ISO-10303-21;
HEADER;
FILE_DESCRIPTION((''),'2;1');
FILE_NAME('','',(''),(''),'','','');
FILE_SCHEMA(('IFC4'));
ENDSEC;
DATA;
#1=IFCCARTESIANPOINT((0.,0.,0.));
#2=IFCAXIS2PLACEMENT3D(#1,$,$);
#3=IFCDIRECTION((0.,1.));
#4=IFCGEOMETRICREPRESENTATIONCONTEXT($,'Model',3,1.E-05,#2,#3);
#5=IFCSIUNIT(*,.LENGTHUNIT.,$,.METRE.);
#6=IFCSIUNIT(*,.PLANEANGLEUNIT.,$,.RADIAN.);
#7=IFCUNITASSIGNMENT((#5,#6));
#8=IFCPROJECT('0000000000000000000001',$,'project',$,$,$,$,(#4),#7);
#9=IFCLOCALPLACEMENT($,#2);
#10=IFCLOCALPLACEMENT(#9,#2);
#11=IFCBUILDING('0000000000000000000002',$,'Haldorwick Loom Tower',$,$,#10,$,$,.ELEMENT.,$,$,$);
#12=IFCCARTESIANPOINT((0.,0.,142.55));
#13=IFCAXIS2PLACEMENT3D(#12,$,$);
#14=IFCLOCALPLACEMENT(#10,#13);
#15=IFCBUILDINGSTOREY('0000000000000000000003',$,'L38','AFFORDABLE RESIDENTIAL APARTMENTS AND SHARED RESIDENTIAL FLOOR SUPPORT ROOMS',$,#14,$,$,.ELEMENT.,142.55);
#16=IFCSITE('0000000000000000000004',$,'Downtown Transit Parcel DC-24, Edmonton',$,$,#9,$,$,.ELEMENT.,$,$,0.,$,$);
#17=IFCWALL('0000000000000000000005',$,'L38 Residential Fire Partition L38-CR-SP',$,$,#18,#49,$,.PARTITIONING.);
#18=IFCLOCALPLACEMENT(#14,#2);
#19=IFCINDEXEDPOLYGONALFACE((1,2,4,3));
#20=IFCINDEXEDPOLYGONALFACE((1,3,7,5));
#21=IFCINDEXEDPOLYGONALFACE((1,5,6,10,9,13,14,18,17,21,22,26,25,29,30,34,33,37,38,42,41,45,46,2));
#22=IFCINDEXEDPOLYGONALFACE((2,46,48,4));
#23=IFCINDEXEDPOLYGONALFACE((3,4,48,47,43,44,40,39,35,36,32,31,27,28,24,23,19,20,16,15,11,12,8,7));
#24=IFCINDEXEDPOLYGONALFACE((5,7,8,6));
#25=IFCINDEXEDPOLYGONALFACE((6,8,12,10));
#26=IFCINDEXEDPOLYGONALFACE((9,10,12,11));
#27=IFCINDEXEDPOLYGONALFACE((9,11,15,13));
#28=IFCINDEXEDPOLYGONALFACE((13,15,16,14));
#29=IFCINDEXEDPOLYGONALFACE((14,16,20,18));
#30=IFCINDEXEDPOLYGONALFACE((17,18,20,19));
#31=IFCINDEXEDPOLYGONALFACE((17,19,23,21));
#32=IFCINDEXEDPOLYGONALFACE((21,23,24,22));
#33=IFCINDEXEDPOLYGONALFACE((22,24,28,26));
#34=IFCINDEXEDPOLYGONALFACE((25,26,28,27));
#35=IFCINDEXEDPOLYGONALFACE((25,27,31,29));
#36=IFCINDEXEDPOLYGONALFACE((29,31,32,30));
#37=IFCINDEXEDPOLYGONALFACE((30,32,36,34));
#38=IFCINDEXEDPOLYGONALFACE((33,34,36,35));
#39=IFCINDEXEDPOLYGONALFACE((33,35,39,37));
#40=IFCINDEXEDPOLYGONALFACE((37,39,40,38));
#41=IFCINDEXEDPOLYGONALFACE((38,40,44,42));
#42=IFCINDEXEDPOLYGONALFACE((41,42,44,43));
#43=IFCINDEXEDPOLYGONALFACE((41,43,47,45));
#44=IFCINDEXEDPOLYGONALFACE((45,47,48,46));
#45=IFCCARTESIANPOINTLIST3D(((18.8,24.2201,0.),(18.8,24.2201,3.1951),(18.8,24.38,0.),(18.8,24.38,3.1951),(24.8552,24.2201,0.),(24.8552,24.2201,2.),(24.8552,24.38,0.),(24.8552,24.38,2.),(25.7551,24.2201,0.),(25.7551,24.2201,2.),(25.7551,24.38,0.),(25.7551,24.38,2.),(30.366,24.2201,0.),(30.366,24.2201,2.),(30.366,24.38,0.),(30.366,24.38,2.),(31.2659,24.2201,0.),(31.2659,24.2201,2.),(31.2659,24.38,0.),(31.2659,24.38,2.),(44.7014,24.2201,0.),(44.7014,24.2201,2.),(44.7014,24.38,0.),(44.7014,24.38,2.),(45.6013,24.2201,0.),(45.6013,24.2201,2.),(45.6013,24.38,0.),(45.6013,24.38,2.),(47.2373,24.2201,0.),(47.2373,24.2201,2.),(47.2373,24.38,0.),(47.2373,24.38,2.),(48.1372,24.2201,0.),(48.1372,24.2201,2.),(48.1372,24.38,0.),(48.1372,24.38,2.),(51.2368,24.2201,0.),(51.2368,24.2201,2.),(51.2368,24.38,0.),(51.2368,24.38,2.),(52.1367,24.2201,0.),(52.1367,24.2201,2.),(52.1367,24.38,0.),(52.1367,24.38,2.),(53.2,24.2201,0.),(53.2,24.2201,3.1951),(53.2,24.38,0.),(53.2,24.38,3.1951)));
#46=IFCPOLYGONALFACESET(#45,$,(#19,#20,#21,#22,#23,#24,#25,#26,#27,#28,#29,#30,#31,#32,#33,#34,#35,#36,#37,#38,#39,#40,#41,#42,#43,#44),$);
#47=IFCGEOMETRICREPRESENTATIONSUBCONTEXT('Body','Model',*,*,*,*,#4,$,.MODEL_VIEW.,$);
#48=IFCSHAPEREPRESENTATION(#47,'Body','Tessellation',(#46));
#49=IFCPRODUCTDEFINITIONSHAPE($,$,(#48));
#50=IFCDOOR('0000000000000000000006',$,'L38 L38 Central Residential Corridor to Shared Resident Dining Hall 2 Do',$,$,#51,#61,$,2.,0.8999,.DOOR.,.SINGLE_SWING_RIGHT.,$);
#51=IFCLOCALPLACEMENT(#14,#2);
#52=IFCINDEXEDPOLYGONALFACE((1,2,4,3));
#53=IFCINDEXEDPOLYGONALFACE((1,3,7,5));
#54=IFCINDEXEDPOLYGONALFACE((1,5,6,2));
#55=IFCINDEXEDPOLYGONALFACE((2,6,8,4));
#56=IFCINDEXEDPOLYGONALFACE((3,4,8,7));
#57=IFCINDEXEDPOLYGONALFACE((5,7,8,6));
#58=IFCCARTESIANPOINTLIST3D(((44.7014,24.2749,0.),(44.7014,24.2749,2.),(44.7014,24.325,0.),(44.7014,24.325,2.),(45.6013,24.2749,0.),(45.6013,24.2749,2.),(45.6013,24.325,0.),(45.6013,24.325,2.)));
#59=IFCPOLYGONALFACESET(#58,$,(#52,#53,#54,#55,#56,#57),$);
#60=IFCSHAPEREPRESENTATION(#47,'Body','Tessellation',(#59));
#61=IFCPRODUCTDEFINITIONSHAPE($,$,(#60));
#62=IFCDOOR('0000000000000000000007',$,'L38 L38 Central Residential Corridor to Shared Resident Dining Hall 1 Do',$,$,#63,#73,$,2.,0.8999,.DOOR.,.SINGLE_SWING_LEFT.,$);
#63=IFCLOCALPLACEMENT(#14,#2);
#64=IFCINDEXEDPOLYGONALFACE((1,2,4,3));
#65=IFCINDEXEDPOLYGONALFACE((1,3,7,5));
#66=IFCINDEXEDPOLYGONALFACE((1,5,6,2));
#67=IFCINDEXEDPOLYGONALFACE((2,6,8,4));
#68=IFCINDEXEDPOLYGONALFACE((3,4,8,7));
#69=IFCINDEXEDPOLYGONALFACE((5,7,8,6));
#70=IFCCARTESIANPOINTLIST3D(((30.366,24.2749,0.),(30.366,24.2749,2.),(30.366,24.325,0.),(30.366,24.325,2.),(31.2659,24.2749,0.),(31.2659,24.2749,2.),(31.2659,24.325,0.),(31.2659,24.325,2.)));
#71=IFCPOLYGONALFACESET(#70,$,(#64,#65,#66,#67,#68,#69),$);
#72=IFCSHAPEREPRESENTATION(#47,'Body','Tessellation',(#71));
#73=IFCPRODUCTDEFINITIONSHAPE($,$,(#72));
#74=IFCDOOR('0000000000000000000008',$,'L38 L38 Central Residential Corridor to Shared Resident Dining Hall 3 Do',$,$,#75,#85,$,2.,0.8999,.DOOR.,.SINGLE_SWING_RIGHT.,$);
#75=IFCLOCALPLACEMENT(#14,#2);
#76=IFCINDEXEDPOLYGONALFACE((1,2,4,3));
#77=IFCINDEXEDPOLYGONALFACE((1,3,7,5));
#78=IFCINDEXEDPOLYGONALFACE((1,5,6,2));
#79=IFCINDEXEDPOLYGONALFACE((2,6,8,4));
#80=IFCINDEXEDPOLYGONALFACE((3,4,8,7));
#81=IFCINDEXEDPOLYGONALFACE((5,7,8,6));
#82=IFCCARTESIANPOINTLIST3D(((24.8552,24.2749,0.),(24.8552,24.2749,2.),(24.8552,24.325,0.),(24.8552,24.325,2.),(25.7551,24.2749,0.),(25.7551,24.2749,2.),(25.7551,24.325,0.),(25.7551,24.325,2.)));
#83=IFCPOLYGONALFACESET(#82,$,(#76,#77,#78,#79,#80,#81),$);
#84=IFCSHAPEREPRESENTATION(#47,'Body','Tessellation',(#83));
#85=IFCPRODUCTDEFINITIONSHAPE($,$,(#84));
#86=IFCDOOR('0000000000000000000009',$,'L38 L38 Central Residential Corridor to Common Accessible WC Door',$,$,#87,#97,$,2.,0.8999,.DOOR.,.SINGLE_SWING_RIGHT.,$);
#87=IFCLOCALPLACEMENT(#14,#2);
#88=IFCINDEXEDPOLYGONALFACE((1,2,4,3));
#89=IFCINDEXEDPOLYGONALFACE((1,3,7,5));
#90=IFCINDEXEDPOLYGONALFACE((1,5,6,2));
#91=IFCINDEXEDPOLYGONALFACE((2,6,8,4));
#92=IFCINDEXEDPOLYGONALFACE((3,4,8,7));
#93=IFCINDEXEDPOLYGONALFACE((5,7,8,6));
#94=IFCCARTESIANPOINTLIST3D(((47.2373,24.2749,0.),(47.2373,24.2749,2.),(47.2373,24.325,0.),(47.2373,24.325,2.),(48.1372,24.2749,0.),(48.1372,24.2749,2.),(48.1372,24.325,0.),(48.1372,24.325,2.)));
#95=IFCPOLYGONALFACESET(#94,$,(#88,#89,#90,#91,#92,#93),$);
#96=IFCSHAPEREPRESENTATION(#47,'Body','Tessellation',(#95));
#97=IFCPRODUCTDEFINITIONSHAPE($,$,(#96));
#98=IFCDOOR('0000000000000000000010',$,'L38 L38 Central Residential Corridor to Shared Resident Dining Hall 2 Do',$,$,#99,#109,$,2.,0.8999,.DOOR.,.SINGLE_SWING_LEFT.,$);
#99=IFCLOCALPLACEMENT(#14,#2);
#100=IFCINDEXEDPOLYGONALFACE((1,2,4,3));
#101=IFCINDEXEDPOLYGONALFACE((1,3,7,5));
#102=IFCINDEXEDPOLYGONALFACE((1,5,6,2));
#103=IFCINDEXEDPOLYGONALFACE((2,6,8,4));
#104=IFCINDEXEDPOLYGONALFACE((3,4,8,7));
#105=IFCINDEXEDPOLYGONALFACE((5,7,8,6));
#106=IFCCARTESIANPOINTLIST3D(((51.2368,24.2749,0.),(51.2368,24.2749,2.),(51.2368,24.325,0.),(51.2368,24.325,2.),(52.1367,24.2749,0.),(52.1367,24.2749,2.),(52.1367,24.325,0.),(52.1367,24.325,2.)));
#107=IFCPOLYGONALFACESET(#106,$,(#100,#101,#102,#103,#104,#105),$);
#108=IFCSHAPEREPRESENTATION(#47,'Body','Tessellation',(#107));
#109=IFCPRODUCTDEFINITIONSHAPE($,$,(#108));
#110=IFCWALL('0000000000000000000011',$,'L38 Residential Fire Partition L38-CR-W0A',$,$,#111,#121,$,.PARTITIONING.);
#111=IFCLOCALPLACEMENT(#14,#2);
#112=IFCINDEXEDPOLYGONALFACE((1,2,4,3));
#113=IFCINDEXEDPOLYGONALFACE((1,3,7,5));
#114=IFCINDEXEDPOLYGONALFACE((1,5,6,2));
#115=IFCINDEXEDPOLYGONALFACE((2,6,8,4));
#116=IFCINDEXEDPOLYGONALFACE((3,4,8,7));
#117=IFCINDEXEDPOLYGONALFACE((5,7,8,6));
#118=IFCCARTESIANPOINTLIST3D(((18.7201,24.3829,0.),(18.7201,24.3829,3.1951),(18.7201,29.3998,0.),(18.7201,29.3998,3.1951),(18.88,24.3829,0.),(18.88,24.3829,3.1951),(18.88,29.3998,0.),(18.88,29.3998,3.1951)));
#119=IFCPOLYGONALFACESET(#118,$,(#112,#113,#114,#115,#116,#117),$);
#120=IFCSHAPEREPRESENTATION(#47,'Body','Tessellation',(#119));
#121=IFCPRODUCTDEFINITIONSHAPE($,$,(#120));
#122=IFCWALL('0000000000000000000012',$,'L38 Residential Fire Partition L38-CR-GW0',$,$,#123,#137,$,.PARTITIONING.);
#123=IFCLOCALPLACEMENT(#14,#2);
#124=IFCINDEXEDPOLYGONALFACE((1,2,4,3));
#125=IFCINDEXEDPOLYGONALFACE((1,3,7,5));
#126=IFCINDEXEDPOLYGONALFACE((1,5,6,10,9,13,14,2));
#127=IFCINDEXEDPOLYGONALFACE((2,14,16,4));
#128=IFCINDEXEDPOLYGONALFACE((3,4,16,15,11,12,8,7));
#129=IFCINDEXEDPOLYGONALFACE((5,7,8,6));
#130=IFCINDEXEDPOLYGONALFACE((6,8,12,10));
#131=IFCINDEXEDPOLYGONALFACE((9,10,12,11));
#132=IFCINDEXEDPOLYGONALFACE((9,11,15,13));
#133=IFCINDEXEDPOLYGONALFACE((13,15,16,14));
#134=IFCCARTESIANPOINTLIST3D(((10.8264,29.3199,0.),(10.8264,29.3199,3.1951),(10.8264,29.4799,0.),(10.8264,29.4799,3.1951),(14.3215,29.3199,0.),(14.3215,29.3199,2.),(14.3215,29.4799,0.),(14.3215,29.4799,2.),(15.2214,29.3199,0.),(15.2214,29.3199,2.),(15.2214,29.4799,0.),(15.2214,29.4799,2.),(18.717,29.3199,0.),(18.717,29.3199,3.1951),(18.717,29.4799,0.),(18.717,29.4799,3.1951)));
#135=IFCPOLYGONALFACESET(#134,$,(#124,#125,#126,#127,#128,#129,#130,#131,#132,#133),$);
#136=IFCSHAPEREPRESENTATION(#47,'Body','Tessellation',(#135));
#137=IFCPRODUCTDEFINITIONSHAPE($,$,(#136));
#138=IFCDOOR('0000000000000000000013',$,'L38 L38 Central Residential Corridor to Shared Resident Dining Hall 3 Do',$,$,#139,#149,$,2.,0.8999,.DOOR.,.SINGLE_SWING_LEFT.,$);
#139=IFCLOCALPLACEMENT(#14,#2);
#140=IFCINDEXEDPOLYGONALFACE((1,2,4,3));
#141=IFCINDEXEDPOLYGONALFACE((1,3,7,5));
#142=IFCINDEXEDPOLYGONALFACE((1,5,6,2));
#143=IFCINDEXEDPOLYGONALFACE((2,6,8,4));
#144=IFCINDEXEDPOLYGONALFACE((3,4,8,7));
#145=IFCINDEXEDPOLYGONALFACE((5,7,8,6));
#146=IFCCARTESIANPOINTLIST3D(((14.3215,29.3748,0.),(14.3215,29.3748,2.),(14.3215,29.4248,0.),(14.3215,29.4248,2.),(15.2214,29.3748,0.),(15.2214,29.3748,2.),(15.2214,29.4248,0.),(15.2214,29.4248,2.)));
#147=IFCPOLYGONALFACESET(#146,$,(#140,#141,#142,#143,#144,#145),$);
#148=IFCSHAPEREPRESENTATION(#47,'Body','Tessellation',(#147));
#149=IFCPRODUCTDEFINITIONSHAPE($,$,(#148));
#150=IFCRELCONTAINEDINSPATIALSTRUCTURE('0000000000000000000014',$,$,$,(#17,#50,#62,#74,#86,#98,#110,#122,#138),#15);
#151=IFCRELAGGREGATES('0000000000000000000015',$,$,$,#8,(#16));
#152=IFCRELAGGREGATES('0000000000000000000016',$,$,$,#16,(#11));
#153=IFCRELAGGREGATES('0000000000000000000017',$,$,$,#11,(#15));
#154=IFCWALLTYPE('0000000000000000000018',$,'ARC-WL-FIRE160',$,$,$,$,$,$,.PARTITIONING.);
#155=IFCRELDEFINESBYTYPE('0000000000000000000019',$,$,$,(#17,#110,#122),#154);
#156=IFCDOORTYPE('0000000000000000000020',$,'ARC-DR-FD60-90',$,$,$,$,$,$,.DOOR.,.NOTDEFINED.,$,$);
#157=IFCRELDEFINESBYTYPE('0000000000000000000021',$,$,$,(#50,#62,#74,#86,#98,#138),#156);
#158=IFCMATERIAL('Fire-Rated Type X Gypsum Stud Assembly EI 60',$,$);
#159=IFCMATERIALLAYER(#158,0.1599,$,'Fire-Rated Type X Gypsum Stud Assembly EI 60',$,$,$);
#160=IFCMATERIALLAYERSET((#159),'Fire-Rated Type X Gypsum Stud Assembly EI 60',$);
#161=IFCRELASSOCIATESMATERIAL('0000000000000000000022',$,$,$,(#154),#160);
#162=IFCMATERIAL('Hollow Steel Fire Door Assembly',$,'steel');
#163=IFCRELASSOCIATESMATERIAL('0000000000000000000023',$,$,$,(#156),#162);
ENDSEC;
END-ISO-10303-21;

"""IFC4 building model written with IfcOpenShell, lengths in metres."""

from ifc_helpers import new_model, si_unit, direction, frame, frame_2d, origin, place, context, subcontext, project, spatial, rectangle, extrude, material, layer, layer_set, type_object, element, fill, save


model = new_model("IFC4")

# Units and contexts
model_context = context("Model", 3, precision=1e-05, world=origin(), true_north=direction((0.0, 1.0)))
body_context = subcontext(model_context, "Body", "Model", "MODEL_VIEW")
ifc_project = project(units=[si_unit("LENGTHUNIT", "METRE"), si_unit("PLANEANGLEUNIT", "RADIAN")], contexts=[model_context])

# Site, building, storey
site_placement = place(None, origin())
site = spatial("IfcSite", under=ifc_project, at=site_placement, Name="Downtown Transit Parcel DC-24, Edmonton", CompositionType="ELEMENT", RefElevation=0.0)
building_placement = place(site_placement, origin())
building = spatial("IfcBuilding", under=site, at=building_placement, Name="Haldorwick Loom Tower", CompositionType="ELEMENT")
storey_placement = place(building_placement, frame((0.0, 0.0, 142.55)))
storey = spatial("IfcBuildingStorey", under=building, at=storey_placement, Name="L38", Description="AFFORDABLE RESIDENTIAL APARTMENTS AND SHARED RESIDENTIAL FLOOR SUPPORT ROOMS", CompositionType="ELEMENT", Elevation=142.55)

# Wall, openings, doors
ifc_material_1 = material(Name="Fire-Rated Type X Gypsum Stud Assembly EI 60")
ifc_layer_1 = layer(ifc_material_1, 0.1599, Name="Fire-Rated Type X Gypsum Stud Assembly EI 60")
ifc_layer_set_1 = layer_set([ifc_layer_1], Name="Fire-Rated Type X Gypsum Stud Assembly EI 60")
wall_type_1 = type_object("IfcWallType", Name="ARC-WL-FIRE160", PredefinedType="PARTITIONING", material=ifc_layer_set_1)
wall_1_placement = place(storey_placement, frame((18.8, 24.3, 0.0), z_axis=(0.0, 0.0, 1.0), x_axis=(1.0, 0.0, 0.0)))
wall_1 = element("IfcWall", 1, at=wall_1_placement, inside=storey, type_object=wall_type_1, Name="L38 Residential Fire Partition L38-CR-SP", PredefinedType="PARTITIONING", context=body_context, shape_type="SweptSolid", body=[
    extrude(rectangle(XDim=34.3999, YDim=0.1599, at=frame_2d((17.2, 0.0))), origin(), (0.0, 0.0, 1.0), 3.1951),
])
opening_1_placement = place(wall_1_placement, frame((25.9014, 0.0, 0.0)))
opening_1 = element("IfcOpeningElement", 2, at=opening_1_placement, cuts=wall_1, PredefinedType="OPENING", context=body_context, shape_type="SweptSolid", body=[
    extrude(rectangle(XDim=0.8999, YDim=2.0, at=frame_2d((0.45, 1.0))), frame((0.0, 0.0898, 0.0), z_axis=(0.0, -1.0, 0.0), x_axis=(1.0, 0.0, 0.0)), (0.0, 0.0, 1.0), 0.1799),
])
opening_2_placement = place(wall_1_placement, frame((11.5659, 0.0, 0.0)))
opening_2 = element("IfcOpeningElement", 3, at=opening_2_placement, cuts=wall_1, PredefinedType="OPENING", context=body_context, shape_type="SweptSolid", body=[
    extrude(rectangle(XDim=0.8999, YDim=2.0, at=frame_2d((0.45, 1.0))), frame((0.0, 0.0898, 0.0), z_axis=(0.0, -1.0, 0.0), x_axis=(1.0, 0.0, 0.0)), (0.0, 0.0, 1.0), 0.1799),
])
opening_3_placement = place(wall_1_placement, frame((6.0552, 0.0, 0.0)))
opening_3 = element("IfcOpeningElement", 4, at=opening_3_placement, cuts=wall_1, PredefinedType="OPENING", context=body_context, shape_type="SweptSolid", body=[
    extrude(rectangle(XDim=0.8999, YDim=2.0, at=frame_2d((0.45, 1.0))), frame((0.0, 0.0898, 0.0), z_axis=(0.0, -1.0, 0.0), x_axis=(1.0, 0.0, 0.0)), (0.0, 0.0, 1.0), 0.1799),
])
opening_4_placement = place(wall_1_placement, frame((28.4373, 0.0, 0.0)))
opening_4 = element("IfcOpeningElement", 5, at=opening_4_placement, cuts=wall_1, PredefinedType="OPENING", context=body_context, shape_type="SweptSolid", body=[
    extrude(rectangle(XDim=0.8999, YDim=2.0, at=frame_2d((0.45, 1.0))), frame((0.0, 0.0898, 0.0), z_axis=(0.0, -1.0, 0.0), x_axis=(1.0, 0.0, 0.0)), (0.0, 0.0, 1.0), 0.1799),
])
opening_5_placement = place(wall_1_placement, frame((32.4368, 0.0, 0.0)))
opening_5 = element("IfcOpeningElement", 6, at=opening_5_placement, cuts=wall_1, PredefinedType="OPENING", context=body_context, shape_type="SweptSolid", body=[
    extrude(rectangle(XDim=0.8999, YDim=2.0, at=frame_2d((0.45, 1.0))), frame((0.0, 0.0898, 0.0), z_axis=(0.0, -1.0, 0.0), x_axis=(1.0, 0.0, 0.0)), (0.0, 0.0, 1.0), 0.1799),
])
ifc_material_2 = material(Name="Hollow Steel Fire Door Assembly", Category="steel")
door_type = type_object("IfcDoorType", Name="ARC-DR-FD60-90", OperationType="NOTDEFINED", PredefinedType="DOOR", material=ifc_material_2)
door_1_placement = place(opening_1_placement, origin())
door_1 = element("IfcDoor", 7, at=door_1_placement, inside=storey, type_object=door_type, Name="L38 L38 Central Residential Corridor to Shared Resident Dining Hall 2 Do", OperationType="SINGLE_SWING_RIGHT", OverallHeight=2.0, OverallWidth=0.8999, PredefinedType="DOOR", context=body_context, shape_type="SweptSolid", body=[
    extrude(rectangle(XDim=0.8999, YDim=2.0, at=frame_2d((0.45, 1.0))), frame((0.0, 0.0249, 0.0), z_axis=(0.0, -1.0, 0.0), x_axis=(1.0, 0.0, 0.0)), (0.0, 0.0, 1.0), 0.05),
])
fill(opening_1, door_1)
door_2_placement = place(opening_2_placement, origin())
door_2 = element("IfcDoor", 8, at=door_2_placement, inside=storey, type_object=door_type, Name="L38 L38 Central Residential Corridor to Shared Resident Dining Hall 1 Do", OperationType="SINGLE_SWING_LEFT", OverallHeight=2.0, OverallWidth=0.8999, PredefinedType="DOOR", context=body_context, shape_type="SweptSolid", body=[
    extrude(rectangle(XDim=0.8999, YDim=2.0, at=frame_2d((0.45, 1.0))), frame((0.0, 0.0249, 0.0), z_axis=(0.0, -1.0, 0.0), x_axis=(1.0, 0.0, 0.0)), (0.0, 0.0, 1.0), 0.05),
])
fill(opening_2, door_2)
door_3_placement = place(opening_3_placement, origin())
door_3 = element("IfcDoor", 9, at=door_3_placement, inside=storey, type_object=door_type, Name="L38 L38 Central Residential Corridor to Shared Resident Dining Hall 3 Do", OperationType="SINGLE_SWING_RIGHT", OverallHeight=2.0, OverallWidth=0.8999, PredefinedType="DOOR", context=body_context, shape_type="SweptSolid", body=[
    extrude(rectangle(XDim=0.8999, YDim=2.0, at=frame_2d((0.45, 1.0))), frame((0.0, 0.0249, 0.0), z_axis=(0.0, -1.0, 0.0), x_axis=(1.0, 0.0, 0.0)), (0.0, 0.0, 1.0), 0.05),
])
fill(opening_3, door_3)
door_4_placement = place(opening_4_placement, origin())
door_4 = element("IfcDoor", 10, at=door_4_placement, inside=storey, type_object=door_type, Name="L38 L38 Central Residential Corridor to Common Accessible WC Door", OperationType="SINGLE_SWING_RIGHT", OverallHeight=2.0, OverallWidth=0.8999, PredefinedType="DOOR", context=body_context, shape_type="SweptSolid", body=[
    extrude(rectangle(XDim=0.8999, YDim=2.0, at=frame_2d((0.45, 1.0))), frame((0.0, 0.0249, 0.0), z_axis=(0.0, -1.0, 0.0), x_axis=(1.0, 0.0, 0.0)), (0.0, 0.0, 1.0), 0.05),
])
fill(opening_4, door_4)
door_5_placement = place(opening_5_placement, origin())
door_5 = element("IfcDoor", 11, at=door_5_placement, inside=storey, type_object=door_type, Name="L38 L38 Central Residential Corridor to Shared Resident Dining Hall 2 Do", OperationType="SINGLE_SWING_LEFT", OverallHeight=2.0, OverallWidth=0.8999, PredefinedType="DOOR", context=body_context, shape_type="SweptSolid", body=[
    extrude(rectangle(XDim=0.8999, YDim=2.0, at=frame_2d((0.45, 1.0))), frame((0.0, 0.0249, 0.0), z_axis=(0.0, -1.0, 0.0), x_axis=(1.0, 0.0, 0.0)), (0.0, 0.0, 1.0), 0.05),
])
fill(opening_5, door_5)

# Wall
wall_2_placement = place(storey_placement, frame((18.8, 24.3831, 0.0), z_axis=(0.0, 0.0, 1.0), x_axis=(0.0, 1.0, 0.0)))
element("IfcWall", 12, at=wall_2_placement, inside=storey, type_object=wall_type_1, Name="L38 Residential Fire Partition L38-CR-W0A", PredefinedType="PARTITIONING", context=body_context, shape_type="SweptSolid", body=[
    extrude(rectangle(XDim=5.0168, YDim=0.1599, at=frame_2d((2.5083, 0.0))), origin(), (0.0, 0.0, 1.0), 3.1951),
])

# Wall, opening, door
wall_3_placement = place(storey_placement, frame((10.8264, 29.3999, 0.0), z_axis=(0.0, 0.0, 1.0), x_axis=(1.0, 0.0, 0.0)))
wall_3 = element("IfcWall", 13, at=wall_3_placement, inside=storey, type_object=wall_type_1, Name="L38 Residential Fire Partition L38-CR-GW0", PredefinedType="PARTITIONING", context=body_context, shape_type="SweptSolid", body=[
    extrude(rectangle(XDim=7.8906, YDim=0.1599, at=frame_2d((3.9453, 0.0))), origin(), (0.0, 0.0, 1.0), 3.1951),
])
opening_6_placement = place(wall_3_placement, frame((3.4951, 0.0, 0.0)))
opening_6 = element("IfcOpeningElement", 14, at=opening_6_placement, cuts=wall_3, PredefinedType="OPENING", context=body_context, shape_type="SweptSolid", body=[
    extrude(rectangle(XDim=0.8999, YDim=2.0, at=frame_2d((0.45, 1.0))), frame((0.0, 0.0898, 0.0), z_axis=(0.0, -1.0, 0.0), x_axis=(1.0, 0.0, 0.0)), (0.0, 0.0, 1.0), 0.1799),
])
door_6_placement = place(opening_6_placement, origin())
door_6 = element("IfcDoor", 15, at=door_6_placement, inside=storey, type_object=door_type, Name="L38 L38 Central Residential Corridor to Shared Resident Dining Hall 3 Do", OperationType="SINGLE_SWING_LEFT", OverallHeight=2.0, OverallWidth=0.8999, PredefinedType="DOOR", context=body_context, shape_type="SweptSolid", body=[
    extrude(rectangle(XDim=0.8999, YDim=2.0, at=frame_2d((0.45, 1.0))), frame((0.0, 0.0249, 0.0), z_axis=(0.0, -1.0, 0.0), x_axis=(1.0, 0.0, 0.0)), (0.0, 0.0, 1.0), 0.05),
])
fill(opening_6, door_6)

save(model, "model.ifc")
